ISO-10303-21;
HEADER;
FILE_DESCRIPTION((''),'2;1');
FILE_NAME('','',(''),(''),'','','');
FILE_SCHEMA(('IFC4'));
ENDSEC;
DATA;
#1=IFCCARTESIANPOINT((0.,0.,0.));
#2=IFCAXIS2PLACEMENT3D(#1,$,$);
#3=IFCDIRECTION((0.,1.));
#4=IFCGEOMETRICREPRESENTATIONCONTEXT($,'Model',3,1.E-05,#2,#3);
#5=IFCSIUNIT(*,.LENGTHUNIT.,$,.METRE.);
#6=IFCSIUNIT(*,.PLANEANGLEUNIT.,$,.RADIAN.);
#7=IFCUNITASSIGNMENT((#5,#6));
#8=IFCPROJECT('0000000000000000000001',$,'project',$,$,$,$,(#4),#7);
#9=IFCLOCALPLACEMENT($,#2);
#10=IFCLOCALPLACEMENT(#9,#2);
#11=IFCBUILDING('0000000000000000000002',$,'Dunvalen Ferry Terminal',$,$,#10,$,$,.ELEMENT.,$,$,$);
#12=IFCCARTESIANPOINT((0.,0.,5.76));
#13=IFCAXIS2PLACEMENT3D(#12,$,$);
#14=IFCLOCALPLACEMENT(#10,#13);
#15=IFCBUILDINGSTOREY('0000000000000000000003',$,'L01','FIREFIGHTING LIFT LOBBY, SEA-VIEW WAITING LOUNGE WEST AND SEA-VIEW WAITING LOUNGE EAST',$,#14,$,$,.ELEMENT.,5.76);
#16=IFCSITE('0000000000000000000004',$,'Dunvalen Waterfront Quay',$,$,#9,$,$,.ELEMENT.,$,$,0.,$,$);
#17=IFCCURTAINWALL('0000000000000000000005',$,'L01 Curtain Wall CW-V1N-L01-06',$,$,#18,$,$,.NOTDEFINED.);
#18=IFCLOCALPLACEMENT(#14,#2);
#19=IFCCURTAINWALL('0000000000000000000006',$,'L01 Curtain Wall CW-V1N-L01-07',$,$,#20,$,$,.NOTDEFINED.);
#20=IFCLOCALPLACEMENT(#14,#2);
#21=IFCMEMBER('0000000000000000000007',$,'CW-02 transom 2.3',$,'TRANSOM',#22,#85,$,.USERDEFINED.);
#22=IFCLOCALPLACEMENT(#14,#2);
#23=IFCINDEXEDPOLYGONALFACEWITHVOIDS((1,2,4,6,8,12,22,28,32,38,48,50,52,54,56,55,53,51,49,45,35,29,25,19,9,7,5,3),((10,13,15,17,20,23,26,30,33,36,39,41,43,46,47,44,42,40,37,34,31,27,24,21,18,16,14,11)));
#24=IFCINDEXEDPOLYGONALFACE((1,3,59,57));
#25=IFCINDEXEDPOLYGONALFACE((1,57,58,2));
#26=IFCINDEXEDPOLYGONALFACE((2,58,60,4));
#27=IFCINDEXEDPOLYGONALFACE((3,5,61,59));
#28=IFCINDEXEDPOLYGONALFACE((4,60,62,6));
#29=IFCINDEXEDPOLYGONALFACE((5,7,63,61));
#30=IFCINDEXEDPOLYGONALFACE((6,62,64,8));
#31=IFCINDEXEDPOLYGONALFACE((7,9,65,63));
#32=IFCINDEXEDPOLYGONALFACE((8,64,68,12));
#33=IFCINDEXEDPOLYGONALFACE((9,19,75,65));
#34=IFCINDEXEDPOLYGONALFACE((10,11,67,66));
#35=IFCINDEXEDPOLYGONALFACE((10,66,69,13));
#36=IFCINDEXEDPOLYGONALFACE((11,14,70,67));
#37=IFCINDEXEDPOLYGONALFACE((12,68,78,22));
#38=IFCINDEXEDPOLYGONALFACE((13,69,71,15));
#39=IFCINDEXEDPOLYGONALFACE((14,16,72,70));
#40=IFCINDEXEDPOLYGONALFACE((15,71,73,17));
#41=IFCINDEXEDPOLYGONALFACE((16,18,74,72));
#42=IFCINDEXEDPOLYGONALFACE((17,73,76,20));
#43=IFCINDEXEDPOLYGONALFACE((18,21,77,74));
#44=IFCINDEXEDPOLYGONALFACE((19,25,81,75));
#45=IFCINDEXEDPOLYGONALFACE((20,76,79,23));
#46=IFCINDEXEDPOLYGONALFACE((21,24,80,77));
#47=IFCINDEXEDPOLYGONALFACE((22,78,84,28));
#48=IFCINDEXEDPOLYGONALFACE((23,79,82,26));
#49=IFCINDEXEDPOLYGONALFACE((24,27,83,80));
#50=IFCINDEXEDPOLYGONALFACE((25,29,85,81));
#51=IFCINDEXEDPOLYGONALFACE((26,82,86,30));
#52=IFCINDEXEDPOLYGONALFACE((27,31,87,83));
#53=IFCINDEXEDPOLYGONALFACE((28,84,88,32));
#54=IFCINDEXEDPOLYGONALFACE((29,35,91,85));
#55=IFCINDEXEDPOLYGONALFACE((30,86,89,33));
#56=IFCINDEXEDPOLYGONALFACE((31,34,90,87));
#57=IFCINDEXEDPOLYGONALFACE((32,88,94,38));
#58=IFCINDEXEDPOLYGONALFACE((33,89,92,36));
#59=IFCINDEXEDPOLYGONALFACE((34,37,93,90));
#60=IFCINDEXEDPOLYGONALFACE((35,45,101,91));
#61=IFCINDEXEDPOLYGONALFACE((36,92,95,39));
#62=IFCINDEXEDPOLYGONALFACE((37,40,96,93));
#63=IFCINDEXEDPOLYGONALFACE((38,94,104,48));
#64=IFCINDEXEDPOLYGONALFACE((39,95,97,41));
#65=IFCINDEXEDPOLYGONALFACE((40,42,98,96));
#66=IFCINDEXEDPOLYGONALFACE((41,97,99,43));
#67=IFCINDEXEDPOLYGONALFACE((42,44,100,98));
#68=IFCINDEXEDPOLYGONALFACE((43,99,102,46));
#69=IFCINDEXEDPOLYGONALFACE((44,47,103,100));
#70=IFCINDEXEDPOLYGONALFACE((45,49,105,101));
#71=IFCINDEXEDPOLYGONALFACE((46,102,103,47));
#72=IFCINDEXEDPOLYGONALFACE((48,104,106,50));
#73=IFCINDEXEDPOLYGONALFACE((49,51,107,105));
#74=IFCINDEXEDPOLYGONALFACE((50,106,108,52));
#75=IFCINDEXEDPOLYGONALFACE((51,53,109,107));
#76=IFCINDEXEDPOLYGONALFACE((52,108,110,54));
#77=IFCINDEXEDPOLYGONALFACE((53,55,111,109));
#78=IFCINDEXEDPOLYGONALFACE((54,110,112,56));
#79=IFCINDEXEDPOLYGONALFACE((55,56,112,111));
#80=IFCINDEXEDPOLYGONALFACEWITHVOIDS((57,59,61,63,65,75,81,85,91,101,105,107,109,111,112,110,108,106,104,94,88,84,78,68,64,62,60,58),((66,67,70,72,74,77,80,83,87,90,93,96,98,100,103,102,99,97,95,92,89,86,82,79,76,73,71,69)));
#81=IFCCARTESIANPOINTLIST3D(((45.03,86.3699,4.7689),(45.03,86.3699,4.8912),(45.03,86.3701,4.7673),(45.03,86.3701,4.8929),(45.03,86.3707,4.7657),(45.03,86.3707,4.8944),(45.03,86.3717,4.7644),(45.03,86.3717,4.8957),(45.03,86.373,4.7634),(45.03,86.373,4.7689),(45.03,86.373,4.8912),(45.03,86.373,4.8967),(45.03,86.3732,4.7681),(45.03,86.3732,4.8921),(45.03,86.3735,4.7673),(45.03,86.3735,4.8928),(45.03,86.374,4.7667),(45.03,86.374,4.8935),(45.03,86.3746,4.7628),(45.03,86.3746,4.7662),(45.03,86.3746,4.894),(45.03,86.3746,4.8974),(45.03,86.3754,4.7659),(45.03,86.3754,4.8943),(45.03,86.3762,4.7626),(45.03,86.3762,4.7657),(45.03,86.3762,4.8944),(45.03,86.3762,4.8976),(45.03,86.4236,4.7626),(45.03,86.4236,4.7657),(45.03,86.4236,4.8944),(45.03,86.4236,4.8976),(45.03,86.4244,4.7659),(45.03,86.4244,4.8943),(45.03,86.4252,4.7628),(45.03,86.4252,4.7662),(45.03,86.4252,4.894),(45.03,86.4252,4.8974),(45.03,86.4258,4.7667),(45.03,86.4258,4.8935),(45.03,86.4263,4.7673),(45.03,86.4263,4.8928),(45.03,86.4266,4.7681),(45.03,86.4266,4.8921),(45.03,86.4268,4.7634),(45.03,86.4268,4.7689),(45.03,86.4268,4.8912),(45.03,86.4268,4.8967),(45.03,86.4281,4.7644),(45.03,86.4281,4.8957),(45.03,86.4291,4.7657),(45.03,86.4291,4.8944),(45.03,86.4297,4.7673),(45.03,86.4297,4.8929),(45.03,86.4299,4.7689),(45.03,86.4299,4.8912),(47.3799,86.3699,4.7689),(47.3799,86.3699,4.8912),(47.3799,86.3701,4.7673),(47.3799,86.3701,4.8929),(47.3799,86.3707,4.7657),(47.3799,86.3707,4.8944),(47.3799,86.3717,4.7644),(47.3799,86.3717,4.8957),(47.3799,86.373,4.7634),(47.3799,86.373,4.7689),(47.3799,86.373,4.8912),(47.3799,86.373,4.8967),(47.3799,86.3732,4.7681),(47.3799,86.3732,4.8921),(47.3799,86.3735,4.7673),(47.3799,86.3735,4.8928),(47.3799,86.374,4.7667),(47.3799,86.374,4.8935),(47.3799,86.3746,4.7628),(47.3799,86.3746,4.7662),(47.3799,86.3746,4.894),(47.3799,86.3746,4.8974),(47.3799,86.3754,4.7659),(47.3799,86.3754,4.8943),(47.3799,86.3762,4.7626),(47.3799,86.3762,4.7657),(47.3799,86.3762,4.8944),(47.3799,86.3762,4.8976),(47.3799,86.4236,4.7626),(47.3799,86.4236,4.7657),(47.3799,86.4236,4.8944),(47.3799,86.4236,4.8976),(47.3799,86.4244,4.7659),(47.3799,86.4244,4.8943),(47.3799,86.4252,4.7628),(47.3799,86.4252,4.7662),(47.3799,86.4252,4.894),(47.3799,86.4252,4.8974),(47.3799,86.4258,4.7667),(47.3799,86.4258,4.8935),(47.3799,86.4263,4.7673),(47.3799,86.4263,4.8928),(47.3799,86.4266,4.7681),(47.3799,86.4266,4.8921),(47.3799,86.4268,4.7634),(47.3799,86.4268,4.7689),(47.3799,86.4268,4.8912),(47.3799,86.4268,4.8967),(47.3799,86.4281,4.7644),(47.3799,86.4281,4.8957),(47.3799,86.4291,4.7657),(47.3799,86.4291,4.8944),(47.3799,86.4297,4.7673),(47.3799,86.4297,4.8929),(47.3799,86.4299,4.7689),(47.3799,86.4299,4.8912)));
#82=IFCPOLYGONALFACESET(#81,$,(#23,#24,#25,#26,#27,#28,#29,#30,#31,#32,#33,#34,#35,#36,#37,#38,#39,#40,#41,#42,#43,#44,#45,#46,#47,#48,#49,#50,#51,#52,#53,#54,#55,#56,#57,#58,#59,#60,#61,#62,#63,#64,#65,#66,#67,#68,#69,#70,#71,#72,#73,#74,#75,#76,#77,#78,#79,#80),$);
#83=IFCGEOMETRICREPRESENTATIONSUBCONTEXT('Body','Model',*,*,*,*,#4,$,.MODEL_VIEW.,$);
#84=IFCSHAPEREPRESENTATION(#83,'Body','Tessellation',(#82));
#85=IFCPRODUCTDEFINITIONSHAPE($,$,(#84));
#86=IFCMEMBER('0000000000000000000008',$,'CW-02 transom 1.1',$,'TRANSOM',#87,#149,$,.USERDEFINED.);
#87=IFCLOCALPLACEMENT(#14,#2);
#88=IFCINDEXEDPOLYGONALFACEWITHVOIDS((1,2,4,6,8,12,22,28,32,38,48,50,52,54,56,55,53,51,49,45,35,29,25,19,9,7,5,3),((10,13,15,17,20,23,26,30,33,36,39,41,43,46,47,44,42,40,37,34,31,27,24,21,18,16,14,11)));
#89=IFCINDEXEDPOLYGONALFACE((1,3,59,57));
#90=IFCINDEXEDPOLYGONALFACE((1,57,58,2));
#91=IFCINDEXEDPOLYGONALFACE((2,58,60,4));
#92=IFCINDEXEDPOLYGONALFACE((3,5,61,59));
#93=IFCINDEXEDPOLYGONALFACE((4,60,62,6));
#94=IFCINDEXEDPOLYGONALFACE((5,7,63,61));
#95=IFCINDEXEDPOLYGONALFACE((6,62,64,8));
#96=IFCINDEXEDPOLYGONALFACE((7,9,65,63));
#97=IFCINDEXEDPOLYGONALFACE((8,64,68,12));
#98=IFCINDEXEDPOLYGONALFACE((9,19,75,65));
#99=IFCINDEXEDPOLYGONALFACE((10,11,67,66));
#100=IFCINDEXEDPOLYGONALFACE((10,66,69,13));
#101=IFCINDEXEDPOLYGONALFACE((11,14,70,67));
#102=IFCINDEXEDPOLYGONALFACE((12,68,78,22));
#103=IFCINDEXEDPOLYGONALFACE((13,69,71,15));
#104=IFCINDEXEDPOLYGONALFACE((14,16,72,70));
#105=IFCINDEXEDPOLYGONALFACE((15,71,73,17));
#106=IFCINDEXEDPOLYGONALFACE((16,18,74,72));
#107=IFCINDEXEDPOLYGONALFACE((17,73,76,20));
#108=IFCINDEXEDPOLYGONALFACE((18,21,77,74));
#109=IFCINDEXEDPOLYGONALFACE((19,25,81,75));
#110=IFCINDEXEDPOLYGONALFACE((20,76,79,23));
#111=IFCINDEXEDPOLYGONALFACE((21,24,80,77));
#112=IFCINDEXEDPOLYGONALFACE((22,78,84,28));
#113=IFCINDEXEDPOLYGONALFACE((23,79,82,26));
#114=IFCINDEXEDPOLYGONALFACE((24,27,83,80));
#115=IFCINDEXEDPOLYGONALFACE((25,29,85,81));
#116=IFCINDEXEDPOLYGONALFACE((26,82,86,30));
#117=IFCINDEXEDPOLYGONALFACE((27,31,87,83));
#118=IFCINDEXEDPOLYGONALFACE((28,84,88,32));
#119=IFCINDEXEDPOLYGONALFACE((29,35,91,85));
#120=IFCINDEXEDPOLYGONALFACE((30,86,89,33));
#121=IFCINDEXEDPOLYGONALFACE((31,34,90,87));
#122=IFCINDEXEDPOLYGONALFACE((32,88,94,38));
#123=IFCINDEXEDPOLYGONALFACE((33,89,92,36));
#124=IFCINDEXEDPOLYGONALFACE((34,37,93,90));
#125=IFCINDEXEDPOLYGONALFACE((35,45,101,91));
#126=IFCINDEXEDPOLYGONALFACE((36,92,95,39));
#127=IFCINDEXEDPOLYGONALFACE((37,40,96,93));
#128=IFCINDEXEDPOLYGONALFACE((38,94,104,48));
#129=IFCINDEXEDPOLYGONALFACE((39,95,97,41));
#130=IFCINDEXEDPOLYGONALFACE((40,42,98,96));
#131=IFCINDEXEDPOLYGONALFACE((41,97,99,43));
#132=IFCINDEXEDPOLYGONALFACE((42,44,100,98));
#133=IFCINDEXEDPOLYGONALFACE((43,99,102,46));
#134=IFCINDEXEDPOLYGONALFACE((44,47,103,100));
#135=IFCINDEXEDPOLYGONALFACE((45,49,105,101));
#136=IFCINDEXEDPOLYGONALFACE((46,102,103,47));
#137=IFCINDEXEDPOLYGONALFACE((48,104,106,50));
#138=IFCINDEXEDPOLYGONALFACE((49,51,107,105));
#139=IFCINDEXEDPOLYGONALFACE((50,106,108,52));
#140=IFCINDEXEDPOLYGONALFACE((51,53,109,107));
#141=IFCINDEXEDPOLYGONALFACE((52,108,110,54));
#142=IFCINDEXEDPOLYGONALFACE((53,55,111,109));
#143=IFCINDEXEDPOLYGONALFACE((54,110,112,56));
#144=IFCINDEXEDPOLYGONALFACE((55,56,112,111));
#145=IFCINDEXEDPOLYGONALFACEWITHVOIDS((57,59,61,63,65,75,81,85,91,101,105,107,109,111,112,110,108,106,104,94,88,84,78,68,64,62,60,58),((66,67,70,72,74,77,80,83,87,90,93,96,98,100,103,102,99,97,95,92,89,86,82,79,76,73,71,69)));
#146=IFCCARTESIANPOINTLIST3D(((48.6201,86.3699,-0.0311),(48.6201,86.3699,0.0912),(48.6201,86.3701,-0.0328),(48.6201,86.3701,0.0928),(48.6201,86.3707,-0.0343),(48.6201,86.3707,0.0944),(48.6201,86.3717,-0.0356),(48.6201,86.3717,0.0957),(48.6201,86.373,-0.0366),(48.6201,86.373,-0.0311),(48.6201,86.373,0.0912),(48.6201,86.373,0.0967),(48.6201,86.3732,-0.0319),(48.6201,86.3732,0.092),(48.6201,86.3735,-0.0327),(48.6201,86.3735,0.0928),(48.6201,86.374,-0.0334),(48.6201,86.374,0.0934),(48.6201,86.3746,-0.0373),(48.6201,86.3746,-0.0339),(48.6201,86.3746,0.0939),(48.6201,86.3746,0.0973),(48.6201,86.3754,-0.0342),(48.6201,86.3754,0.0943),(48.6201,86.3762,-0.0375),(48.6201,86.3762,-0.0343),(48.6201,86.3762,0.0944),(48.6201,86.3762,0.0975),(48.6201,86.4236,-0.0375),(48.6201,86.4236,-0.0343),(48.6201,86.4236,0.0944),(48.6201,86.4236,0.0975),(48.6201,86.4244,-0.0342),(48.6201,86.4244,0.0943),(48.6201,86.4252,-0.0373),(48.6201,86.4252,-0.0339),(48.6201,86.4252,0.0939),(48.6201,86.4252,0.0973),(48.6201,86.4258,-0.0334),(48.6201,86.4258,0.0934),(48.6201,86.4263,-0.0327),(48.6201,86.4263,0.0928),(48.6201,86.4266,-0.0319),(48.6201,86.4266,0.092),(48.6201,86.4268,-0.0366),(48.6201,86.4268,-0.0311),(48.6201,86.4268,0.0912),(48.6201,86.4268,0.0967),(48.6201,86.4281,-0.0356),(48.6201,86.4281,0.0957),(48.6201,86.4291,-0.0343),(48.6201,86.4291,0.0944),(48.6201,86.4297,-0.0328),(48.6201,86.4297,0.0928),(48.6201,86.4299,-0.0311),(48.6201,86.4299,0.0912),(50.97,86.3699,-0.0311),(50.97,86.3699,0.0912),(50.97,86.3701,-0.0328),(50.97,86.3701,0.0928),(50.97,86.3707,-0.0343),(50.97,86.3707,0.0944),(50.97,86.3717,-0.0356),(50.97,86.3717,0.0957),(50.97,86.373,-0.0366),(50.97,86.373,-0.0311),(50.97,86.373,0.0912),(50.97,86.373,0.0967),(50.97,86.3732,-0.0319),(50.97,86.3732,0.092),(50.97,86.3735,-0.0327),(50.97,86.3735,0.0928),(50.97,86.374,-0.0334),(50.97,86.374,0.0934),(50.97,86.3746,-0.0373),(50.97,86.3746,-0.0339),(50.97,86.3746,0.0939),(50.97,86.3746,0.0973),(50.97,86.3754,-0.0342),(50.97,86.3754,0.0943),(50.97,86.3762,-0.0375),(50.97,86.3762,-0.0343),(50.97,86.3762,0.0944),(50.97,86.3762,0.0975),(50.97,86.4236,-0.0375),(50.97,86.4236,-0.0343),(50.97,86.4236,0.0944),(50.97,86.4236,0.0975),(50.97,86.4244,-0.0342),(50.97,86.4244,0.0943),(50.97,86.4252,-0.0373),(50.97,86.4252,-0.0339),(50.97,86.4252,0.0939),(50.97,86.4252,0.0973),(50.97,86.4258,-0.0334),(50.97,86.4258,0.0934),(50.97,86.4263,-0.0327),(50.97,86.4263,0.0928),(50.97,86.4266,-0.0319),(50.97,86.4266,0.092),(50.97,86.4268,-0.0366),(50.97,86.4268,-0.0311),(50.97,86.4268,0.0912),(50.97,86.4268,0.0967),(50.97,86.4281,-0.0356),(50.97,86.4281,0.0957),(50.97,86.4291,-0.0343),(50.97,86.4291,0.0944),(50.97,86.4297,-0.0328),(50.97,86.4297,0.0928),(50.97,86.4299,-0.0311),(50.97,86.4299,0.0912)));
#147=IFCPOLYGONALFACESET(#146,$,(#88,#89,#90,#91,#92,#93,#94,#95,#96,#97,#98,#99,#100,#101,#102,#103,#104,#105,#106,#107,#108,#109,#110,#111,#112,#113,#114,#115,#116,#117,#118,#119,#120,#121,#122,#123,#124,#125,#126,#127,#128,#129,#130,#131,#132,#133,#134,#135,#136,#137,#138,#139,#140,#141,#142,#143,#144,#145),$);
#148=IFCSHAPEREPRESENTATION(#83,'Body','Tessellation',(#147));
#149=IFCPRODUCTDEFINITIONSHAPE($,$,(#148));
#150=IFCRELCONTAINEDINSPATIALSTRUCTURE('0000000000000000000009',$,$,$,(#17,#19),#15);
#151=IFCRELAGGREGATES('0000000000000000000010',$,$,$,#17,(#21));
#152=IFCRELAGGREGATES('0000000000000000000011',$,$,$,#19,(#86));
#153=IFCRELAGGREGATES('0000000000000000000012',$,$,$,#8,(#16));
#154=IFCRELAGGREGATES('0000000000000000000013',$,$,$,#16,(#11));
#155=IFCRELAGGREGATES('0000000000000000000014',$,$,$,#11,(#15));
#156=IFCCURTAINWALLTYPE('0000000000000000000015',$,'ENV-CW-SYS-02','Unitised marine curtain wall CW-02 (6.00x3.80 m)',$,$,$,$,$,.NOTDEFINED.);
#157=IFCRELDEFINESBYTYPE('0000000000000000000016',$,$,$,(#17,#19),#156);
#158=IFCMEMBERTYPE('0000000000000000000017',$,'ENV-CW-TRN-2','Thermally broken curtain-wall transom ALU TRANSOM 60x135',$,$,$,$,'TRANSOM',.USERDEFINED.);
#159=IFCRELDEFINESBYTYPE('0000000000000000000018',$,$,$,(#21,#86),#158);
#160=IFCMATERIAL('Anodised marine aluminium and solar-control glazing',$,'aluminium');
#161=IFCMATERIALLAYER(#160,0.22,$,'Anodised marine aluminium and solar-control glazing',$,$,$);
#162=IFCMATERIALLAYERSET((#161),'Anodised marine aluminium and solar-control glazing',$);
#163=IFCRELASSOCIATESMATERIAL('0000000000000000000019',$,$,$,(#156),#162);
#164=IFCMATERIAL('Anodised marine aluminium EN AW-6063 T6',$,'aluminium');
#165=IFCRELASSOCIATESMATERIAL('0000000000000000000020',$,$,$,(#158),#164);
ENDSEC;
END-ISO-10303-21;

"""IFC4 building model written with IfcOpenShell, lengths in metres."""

from ifc_helpers import new_model, si_unit, direction, frame, origin, origin_2d, place, context, subcontext, project, spatial, hollow_rectangle, extrude, material, layer, layer_set, material_profile, profile_set, type_object, element, aggregate, save


model = new_model("IFC4")

# Units and contexts
model_context = context("Model", 3, precision=1e-05, world=origin(), true_north=direction((0.0, 1.0)))
body_context = subcontext(model_context, "Body", "Model", "MODEL_VIEW")
ifc_project = project(units=[si_unit("LENGTHUNIT", "METRE"), si_unit("PLANEANGLEUNIT", "RADIAN")], contexts=[model_context])

# Site, building, storey
site_placement = place(None, origin())
site = spatial("IfcSite", under=ifc_project, at=site_placement, Name="Dunvalen Waterfront Quay", CompositionType="ELEMENT", RefElevation=0.0)
building_placement = place(site_placement, origin())
building = spatial("IfcBuilding", under=site, at=building_placement, Name="Dunvalen Ferry Terminal", CompositionType="ELEMENT")
storey_placement = place(building_placement, frame((0.0, 0.0, 5.76)))
storey = spatial("IfcBuildingStorey", under=building, at=storey_placement, Name="L01", Description="FIREFIGHTING LIFT LOBBY, SEA-VIEW WAITING LOUNGE WEST AND SEA-VIEW WAITING LOUNGE EAST", CompositionType="ELEMENT", Elevation=5.76)

# Curtain wall
ifc_material_1 = material(Name="Anodised marine aluminium and solar-control glazing", Category="aluminium")
ifc_layer_1 = layer(ifc_material_1, 0.22, Name="Anodised marine aluminium and solar-control glazing")
ifc_layer_set_1 = layer_set([ifc_layer_1], Name="Anodised marine aluminium and solar-control glazing")
curtain_wall_type = type_object("IfcCurtainWallType", Name="ENV-CW-SYS-02", Description="Unitised marine curtain wall CW-02 (6.00x3.80 m)", PredefinedType="NOTDEFINED", material=ifc_layer_set_1)
curtain_wall_1_placement = place(storey_placement, origin())
curtain_wall_1 = element("IfcCurtainWall", 1, at=curtain_wall_1_placement, inside=storey, type_object=curtain_wall_type, Name="L01 Curtain Wall CW-V1N-L01-06", PredefinedType="NOTDEFINED")
ifc_material_2 = material(Name="Anodised marine aluminium EN AW-6063 T6", Category="aluminium")

# Curtain wall
curtain_wall_2_placement = place(storey_placement, origin())
curtain_wall_2 = element("IfcCurtainWall", 2, at=curtain_wall_2_placement, inside=storey, type_object=curtain_wall_type, Name="L01 Curtain Wall CW-V1N-L01-07", PredefinedType="NOTDEFINED")

# Members
ifc_material_profile_1 = material_profile(ifc_material_2, hollow_rectangle(XDim=0.0601, YDim=0.135, WallThickness=0.0032, InnerFilletRadius=0.0032, OuterFilletRadius=0.0063, at=origin_2d()), Name="Anodised marine aluminium EN AW-6063 T6")
ifc_profile_set_1 = profile_set([ifc_material_profile_1], Name="Anodised marine aluminium EN AW-6063 T6")
member_type_1 = type_object("IfcMemberType", Name="ENV-CW-TRN-2", Description="Thermally broken curtain-wall transom ALU TRANSOM 60x135", ElementType="TRANSOM", PredefinedType="USERDEFINED", material=ifc_profile_set_1)
member_1_placement = place(storey_placement, frame((45.03, 86.3999, 4.8301), z_axis=(1.0, 0.0, 0.0), x_axis=(0.0, 1.0, 0.0)))
member_1 = element("IfcMember", 3, at=member_1_placement, type_object=member_type_1, Name="CW-02 transom 2.3", ObjectType="TRANSOM", PredefinedType="USERDEFINED", context=body_context, shape_type="SweptSolid", body=[
    extrude(hollow_rectangle(XDim=0.0601, YDim=0.135, WallThickness=0.0032, InnerFilletRadius=0.0032, OuterFilletRadius=0.0063, at=origin_2d()), origin(), (0.0, 0.0, 1.0), 2.3499),
])
member_2_placement = place(storey_placement, frame((48.6201, 86.3999, 0.03), z_axis=(1.0, 0.0, 0.0), x_axis=(0.0, 1.0, 0.0)))
member_2 = element("IfcMember", 4, at=member_2_placement, type_object=member_type_1, Name="CW-02 transom 1.1", ObjectType="TRANSOM", PredefinedType="USERDEFINED", context=body_context, shape_type="SweptSolid", body=[
    extrude(hollow_rectangle(XDim=0.0601, YDim=0.135, WallThickness=0.0032, InnerFilletRadius=0.0032, OuterFilletRadius=0.0063, at=origin_2d()), origin(), (0.0, 0.0, 1.0), 2.3499),
])

aggregate(curtain_wall_1, [member_1])
aggregate(curtain_wall_2, [member_2])

save(model, "model.ifc")
